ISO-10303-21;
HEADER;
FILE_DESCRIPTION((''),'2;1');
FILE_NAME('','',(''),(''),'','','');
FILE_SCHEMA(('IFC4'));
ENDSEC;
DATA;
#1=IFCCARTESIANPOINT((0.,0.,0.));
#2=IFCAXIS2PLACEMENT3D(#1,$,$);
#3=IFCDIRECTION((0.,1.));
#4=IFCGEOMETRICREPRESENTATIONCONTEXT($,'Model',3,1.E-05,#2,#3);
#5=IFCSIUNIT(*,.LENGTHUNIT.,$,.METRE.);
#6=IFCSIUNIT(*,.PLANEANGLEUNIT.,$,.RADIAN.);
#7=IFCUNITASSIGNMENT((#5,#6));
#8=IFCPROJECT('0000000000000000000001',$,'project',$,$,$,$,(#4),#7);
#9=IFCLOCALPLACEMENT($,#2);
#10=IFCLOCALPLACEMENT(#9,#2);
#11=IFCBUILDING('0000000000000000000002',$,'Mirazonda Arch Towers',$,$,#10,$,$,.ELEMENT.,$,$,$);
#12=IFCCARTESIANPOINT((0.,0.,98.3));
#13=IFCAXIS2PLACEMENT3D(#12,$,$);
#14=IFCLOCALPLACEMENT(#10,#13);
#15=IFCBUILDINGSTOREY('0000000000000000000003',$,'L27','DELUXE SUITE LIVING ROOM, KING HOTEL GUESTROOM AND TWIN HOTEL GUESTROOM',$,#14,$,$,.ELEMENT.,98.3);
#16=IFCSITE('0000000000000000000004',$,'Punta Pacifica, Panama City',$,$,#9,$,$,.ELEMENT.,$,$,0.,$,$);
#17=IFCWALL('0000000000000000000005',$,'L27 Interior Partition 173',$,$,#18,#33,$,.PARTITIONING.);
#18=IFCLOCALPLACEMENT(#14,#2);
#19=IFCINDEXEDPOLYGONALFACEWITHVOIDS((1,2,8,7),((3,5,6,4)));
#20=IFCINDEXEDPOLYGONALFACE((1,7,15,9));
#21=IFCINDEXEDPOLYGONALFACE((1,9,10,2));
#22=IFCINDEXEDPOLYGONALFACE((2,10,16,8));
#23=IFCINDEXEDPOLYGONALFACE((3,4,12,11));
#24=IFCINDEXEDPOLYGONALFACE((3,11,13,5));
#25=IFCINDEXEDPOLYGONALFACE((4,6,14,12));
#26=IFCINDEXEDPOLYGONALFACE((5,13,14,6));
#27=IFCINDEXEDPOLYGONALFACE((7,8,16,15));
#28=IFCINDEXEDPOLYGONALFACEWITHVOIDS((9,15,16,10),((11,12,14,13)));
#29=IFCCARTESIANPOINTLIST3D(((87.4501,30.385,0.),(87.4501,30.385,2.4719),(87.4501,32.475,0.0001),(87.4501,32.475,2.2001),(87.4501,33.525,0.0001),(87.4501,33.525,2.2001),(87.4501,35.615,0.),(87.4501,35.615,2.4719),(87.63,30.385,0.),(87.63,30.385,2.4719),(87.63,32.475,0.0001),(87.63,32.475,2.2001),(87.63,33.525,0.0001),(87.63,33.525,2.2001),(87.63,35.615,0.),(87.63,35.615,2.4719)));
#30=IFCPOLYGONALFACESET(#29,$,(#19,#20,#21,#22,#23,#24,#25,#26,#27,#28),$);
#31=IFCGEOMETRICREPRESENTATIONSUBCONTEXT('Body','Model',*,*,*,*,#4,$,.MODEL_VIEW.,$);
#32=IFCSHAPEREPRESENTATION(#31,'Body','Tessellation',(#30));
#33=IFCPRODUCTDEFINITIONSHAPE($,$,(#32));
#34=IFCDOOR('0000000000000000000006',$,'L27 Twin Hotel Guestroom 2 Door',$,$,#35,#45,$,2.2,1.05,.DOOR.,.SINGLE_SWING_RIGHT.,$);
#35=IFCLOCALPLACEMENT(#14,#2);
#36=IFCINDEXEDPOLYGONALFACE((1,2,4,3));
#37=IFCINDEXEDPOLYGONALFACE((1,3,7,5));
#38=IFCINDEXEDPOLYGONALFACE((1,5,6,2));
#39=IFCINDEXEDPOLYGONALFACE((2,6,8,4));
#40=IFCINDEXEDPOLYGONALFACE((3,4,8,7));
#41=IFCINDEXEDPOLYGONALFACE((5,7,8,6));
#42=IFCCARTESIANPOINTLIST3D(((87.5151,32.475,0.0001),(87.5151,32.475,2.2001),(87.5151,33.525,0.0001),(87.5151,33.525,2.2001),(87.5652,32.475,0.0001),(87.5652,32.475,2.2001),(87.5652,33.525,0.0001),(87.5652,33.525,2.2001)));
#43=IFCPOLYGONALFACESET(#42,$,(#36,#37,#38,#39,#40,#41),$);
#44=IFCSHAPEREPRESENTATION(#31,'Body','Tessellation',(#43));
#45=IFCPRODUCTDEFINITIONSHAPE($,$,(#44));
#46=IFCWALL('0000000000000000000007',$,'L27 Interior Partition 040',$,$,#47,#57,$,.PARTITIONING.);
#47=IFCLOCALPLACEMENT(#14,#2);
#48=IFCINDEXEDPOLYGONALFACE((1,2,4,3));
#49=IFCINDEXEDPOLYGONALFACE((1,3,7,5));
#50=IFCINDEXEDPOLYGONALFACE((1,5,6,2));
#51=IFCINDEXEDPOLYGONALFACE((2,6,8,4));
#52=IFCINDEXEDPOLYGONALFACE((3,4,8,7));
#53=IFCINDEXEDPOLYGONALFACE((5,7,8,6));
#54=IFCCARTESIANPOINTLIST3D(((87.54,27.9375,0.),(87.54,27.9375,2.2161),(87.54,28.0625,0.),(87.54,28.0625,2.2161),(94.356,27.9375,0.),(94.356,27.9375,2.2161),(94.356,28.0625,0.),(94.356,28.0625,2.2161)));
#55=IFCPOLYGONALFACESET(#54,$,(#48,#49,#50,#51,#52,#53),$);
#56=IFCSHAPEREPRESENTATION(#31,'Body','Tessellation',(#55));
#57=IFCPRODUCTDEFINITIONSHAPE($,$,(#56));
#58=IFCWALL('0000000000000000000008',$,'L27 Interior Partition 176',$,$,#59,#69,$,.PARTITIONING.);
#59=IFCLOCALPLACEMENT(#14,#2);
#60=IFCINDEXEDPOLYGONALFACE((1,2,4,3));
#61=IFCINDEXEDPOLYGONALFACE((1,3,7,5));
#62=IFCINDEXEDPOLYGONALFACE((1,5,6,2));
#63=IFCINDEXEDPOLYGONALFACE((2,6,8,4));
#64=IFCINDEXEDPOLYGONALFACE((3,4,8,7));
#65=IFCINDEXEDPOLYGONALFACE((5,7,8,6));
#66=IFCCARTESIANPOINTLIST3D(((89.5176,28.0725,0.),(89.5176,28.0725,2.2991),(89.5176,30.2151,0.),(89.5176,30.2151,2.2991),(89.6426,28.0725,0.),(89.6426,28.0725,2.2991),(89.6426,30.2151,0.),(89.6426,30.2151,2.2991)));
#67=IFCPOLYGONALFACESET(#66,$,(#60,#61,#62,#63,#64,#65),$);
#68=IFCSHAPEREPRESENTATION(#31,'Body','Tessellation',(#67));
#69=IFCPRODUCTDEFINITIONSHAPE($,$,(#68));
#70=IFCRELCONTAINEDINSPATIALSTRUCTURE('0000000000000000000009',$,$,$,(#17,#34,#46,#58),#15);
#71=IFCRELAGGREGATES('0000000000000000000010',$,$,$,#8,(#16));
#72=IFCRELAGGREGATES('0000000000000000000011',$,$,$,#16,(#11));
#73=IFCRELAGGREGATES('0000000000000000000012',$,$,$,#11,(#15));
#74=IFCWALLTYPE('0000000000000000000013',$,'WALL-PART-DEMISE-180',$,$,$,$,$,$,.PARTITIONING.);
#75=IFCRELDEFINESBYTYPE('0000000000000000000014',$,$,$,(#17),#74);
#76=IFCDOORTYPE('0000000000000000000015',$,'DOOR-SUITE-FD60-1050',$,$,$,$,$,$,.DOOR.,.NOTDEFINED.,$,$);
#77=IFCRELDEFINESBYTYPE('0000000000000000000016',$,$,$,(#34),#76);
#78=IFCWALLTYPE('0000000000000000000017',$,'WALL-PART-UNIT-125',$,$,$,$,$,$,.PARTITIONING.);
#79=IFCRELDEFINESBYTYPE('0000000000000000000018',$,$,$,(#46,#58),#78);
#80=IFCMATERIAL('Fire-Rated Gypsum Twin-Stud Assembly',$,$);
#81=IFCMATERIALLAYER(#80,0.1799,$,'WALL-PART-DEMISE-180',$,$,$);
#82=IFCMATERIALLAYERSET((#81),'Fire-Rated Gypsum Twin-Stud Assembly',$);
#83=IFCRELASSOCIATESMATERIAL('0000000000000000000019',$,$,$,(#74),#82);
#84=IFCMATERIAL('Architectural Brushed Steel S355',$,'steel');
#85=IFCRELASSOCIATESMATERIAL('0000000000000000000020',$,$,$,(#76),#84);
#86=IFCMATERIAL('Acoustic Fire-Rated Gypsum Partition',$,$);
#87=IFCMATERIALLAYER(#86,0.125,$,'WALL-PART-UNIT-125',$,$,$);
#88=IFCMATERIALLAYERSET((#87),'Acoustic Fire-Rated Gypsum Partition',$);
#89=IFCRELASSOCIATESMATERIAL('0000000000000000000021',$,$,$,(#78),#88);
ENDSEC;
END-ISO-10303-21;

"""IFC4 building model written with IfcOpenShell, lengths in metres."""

from ifc_helpers import new_model, si_unit, direction, frame, frame_2d, origin, place, context, subcontext, project, spatial, rectangle, extrude, material, layer, layer_set, type_object, element, fill, save


model = new_model("IFC4")

# Units and contexts
model_context = context("Model", 3, precision=1e-05, world=origin(), true_north=direction((0.0, 1.0)))
body_context = subcontext(model_context, "Body", "Model", "MODEL_VIEW")
ifc_project = project(units=[si_unit("LENGTHUNIT", "METRE"), si_unit("PLANEANGLEUNIT", "RADIAN")], contexts=[model_context])

# Site, building, storey
site_placement = place(None, origin())
site = spatial("IfcSite", under=ifc_project, at=site_placement, Name="Punta Pacifica, Panama City", CompositionType="ELEMENT", RefElevation=0.0)
building_placement = place(site_placement, origin())
building = spatial("IfcBuilding", under=site, at=building_placement, Name="Mirazonda Arch Towers", CompositionType="ELEMENT")
storey_placement = place(building_placement, frame((0.0, 0.0, 98.3)))
storey = spatial("IfcBuildingStorey", under=building, at=storey_placement, Name="L27", Description="DELUXE SUITE LIVING ROOM, KING HOTEL GUESTROOM AND TWIN HOTEL GUESTROOM", CompositionType="ELEMENT", Elevation=98.3)

# Shared definitions
ifc_material_1 = material(Name="Architectural Brushed Steel S355", Category="steel")

# Shared definitions
ifc_material_2 = material(Name="Fire-Rated Gypsum Twin-Stud Assembly")
ifc_layer_1 = layer(ifc_material_2, 0.1799, Name="WALL-PART-DEMISE-180")
ifc_layer_set_1 = layer_set([ifc_layer_1], Name="Fire-Rated Gypsum Twin-Stud Assembly")
wall_type_1 = type_object("IfcWallType", Name="WALL-PART-DEMISE-180", PredefinedType="PARTITIONING", material=ifc_layer_set_1)

# Wall, opening, door
wall_1_placement = place(storey_placement, frame((87.54, 30.385, 0.0), z_axis=(0.0, 0.0, 1.0), x_axis=(0.0, 1.0, 0.0)))
wall_1 = element("IfcWall", 1, at=wall_1_placement, inside=storey, type_object=wall_type_1, Name="L27 Interior Partition 173", PredefinedType="PARTITIONING", context=body_context, shape_type="SweptSolid", body=[
    extrude(rectangle(XDim=5.23, YDim=0.1799, at=frame_2d((2.615, 0.0))), origin(), (0.0, 0.0, 1.0), 2.4719),
])
opening_1_placement = place(wall_1_placement, frame((2.0901, 0.0, 0.0)))
opening_1 = element("IfcOpeningElement", 2, at=opening_1_placement, cuts=wall_1, PredefinedType="OPENING", context=body_context, shape_type="SweptSolid", body=[
    extrude(rectangle(XDim=1.05, YDim=2.2, at=frame_2d((0.5249, 1.1001))), frame((0.0, 0.0999, 0.0), z_axis=(0.0, -1.0, 0.0), x_axis=(1.0, 0.0, 0.0)), (0.0, 0.0, 1.0), 0.2),
])
door_type_1 = type_object("IfcDoorType", Name="DOOR-SUITE-FD60-1050", OperationType="NOTDEFINED", PredefinedType="DOOR", material=ifc_material_1)
door_1_placement = place(opening_1_placement, origin())
door_1 = element("IfcDoor", 3, at=door_1_placement, inside=storey, type_object=door_type_1, Name="L27 Twin Hotel Guestroom 2 Door", OperationType="SINGLE_SWING_RIGHT", OverallHeight=2.2, OverallWidth=1.05, PredefinedType="DOOR", context=body_context, shape_type="SweptSolid", body=[
    extrude(rectangle(XDim=1.05, YDim=2.2, at=frame_2d((0.5249, 1.1001))), frame((0.0, 0.0249, 0.0), z_axis=(0.0, -1.0, 0.0), x_axis=(1.0, 0.0, 0.0)), (0.0, 0.0, 1.0), 0.05),
])
fill(opening_1, door_1)

# Walls
ifc_material_3 = material(Name="Acoustic Fire-Rated Gypsum Partition")
ifc_layer_2 = layer(ifc_material_3, 0.125, Name="WALL-PART-UNIT-125")
ifc_layer_set_2 = layer_set([ifc_layer_2], Name="Acoustic Fire-Rated Gypsum Partition")
wall_type_2 = type_object("IfcWallType", Name="WALL-PART-UNIT-125", PredefinedType="PARTITIONING", material=ifc_layer_set_2)
wall_2_placement = place(storey_placement, frame((87.54, 28.0, 0.0), z_axis=(0.0, 0.0, 1.0), x_axis=(1.0, 0.0, 0.0)))
element("IfcWall", 4, at=wall_2_placement, inside=storey, type_object=wall_type_2, Name="L27 Interior Partition 040", PredefinedType="PARTITIONING", context=body_context, shape_type="SweptSolid", body=[
    extrude(rectangle(XDim=6.8159, YDim=0.125, at=frame_2d((3.408, 0.0))), origin(), (0.0, 0.0, 1.0), 2.2161),
])
wall_3_placement = place(storey_placement, frame((89.5801, 28.0725, 0.0), z_axis=(0.0, 0.0, 1.0), x_axis=(0.0, 1.0, 0.0)))
element("IfcWall", 5, at=wall_3_placement, inside=storey, type_object=wall_type_2, Name="L27 Interior Partition 176", PredefinedType="PARTITIONING", context=body_context, shape_type="SweptSolid", body=[
    extrude(rectangle(XDim=2.1426, YDim=0.125, at=frame_2d((1.0713, 0.0))), origin(), (0.0, 0.0, 1.0), 2.2991),
])

save(model, "model.ifc")
